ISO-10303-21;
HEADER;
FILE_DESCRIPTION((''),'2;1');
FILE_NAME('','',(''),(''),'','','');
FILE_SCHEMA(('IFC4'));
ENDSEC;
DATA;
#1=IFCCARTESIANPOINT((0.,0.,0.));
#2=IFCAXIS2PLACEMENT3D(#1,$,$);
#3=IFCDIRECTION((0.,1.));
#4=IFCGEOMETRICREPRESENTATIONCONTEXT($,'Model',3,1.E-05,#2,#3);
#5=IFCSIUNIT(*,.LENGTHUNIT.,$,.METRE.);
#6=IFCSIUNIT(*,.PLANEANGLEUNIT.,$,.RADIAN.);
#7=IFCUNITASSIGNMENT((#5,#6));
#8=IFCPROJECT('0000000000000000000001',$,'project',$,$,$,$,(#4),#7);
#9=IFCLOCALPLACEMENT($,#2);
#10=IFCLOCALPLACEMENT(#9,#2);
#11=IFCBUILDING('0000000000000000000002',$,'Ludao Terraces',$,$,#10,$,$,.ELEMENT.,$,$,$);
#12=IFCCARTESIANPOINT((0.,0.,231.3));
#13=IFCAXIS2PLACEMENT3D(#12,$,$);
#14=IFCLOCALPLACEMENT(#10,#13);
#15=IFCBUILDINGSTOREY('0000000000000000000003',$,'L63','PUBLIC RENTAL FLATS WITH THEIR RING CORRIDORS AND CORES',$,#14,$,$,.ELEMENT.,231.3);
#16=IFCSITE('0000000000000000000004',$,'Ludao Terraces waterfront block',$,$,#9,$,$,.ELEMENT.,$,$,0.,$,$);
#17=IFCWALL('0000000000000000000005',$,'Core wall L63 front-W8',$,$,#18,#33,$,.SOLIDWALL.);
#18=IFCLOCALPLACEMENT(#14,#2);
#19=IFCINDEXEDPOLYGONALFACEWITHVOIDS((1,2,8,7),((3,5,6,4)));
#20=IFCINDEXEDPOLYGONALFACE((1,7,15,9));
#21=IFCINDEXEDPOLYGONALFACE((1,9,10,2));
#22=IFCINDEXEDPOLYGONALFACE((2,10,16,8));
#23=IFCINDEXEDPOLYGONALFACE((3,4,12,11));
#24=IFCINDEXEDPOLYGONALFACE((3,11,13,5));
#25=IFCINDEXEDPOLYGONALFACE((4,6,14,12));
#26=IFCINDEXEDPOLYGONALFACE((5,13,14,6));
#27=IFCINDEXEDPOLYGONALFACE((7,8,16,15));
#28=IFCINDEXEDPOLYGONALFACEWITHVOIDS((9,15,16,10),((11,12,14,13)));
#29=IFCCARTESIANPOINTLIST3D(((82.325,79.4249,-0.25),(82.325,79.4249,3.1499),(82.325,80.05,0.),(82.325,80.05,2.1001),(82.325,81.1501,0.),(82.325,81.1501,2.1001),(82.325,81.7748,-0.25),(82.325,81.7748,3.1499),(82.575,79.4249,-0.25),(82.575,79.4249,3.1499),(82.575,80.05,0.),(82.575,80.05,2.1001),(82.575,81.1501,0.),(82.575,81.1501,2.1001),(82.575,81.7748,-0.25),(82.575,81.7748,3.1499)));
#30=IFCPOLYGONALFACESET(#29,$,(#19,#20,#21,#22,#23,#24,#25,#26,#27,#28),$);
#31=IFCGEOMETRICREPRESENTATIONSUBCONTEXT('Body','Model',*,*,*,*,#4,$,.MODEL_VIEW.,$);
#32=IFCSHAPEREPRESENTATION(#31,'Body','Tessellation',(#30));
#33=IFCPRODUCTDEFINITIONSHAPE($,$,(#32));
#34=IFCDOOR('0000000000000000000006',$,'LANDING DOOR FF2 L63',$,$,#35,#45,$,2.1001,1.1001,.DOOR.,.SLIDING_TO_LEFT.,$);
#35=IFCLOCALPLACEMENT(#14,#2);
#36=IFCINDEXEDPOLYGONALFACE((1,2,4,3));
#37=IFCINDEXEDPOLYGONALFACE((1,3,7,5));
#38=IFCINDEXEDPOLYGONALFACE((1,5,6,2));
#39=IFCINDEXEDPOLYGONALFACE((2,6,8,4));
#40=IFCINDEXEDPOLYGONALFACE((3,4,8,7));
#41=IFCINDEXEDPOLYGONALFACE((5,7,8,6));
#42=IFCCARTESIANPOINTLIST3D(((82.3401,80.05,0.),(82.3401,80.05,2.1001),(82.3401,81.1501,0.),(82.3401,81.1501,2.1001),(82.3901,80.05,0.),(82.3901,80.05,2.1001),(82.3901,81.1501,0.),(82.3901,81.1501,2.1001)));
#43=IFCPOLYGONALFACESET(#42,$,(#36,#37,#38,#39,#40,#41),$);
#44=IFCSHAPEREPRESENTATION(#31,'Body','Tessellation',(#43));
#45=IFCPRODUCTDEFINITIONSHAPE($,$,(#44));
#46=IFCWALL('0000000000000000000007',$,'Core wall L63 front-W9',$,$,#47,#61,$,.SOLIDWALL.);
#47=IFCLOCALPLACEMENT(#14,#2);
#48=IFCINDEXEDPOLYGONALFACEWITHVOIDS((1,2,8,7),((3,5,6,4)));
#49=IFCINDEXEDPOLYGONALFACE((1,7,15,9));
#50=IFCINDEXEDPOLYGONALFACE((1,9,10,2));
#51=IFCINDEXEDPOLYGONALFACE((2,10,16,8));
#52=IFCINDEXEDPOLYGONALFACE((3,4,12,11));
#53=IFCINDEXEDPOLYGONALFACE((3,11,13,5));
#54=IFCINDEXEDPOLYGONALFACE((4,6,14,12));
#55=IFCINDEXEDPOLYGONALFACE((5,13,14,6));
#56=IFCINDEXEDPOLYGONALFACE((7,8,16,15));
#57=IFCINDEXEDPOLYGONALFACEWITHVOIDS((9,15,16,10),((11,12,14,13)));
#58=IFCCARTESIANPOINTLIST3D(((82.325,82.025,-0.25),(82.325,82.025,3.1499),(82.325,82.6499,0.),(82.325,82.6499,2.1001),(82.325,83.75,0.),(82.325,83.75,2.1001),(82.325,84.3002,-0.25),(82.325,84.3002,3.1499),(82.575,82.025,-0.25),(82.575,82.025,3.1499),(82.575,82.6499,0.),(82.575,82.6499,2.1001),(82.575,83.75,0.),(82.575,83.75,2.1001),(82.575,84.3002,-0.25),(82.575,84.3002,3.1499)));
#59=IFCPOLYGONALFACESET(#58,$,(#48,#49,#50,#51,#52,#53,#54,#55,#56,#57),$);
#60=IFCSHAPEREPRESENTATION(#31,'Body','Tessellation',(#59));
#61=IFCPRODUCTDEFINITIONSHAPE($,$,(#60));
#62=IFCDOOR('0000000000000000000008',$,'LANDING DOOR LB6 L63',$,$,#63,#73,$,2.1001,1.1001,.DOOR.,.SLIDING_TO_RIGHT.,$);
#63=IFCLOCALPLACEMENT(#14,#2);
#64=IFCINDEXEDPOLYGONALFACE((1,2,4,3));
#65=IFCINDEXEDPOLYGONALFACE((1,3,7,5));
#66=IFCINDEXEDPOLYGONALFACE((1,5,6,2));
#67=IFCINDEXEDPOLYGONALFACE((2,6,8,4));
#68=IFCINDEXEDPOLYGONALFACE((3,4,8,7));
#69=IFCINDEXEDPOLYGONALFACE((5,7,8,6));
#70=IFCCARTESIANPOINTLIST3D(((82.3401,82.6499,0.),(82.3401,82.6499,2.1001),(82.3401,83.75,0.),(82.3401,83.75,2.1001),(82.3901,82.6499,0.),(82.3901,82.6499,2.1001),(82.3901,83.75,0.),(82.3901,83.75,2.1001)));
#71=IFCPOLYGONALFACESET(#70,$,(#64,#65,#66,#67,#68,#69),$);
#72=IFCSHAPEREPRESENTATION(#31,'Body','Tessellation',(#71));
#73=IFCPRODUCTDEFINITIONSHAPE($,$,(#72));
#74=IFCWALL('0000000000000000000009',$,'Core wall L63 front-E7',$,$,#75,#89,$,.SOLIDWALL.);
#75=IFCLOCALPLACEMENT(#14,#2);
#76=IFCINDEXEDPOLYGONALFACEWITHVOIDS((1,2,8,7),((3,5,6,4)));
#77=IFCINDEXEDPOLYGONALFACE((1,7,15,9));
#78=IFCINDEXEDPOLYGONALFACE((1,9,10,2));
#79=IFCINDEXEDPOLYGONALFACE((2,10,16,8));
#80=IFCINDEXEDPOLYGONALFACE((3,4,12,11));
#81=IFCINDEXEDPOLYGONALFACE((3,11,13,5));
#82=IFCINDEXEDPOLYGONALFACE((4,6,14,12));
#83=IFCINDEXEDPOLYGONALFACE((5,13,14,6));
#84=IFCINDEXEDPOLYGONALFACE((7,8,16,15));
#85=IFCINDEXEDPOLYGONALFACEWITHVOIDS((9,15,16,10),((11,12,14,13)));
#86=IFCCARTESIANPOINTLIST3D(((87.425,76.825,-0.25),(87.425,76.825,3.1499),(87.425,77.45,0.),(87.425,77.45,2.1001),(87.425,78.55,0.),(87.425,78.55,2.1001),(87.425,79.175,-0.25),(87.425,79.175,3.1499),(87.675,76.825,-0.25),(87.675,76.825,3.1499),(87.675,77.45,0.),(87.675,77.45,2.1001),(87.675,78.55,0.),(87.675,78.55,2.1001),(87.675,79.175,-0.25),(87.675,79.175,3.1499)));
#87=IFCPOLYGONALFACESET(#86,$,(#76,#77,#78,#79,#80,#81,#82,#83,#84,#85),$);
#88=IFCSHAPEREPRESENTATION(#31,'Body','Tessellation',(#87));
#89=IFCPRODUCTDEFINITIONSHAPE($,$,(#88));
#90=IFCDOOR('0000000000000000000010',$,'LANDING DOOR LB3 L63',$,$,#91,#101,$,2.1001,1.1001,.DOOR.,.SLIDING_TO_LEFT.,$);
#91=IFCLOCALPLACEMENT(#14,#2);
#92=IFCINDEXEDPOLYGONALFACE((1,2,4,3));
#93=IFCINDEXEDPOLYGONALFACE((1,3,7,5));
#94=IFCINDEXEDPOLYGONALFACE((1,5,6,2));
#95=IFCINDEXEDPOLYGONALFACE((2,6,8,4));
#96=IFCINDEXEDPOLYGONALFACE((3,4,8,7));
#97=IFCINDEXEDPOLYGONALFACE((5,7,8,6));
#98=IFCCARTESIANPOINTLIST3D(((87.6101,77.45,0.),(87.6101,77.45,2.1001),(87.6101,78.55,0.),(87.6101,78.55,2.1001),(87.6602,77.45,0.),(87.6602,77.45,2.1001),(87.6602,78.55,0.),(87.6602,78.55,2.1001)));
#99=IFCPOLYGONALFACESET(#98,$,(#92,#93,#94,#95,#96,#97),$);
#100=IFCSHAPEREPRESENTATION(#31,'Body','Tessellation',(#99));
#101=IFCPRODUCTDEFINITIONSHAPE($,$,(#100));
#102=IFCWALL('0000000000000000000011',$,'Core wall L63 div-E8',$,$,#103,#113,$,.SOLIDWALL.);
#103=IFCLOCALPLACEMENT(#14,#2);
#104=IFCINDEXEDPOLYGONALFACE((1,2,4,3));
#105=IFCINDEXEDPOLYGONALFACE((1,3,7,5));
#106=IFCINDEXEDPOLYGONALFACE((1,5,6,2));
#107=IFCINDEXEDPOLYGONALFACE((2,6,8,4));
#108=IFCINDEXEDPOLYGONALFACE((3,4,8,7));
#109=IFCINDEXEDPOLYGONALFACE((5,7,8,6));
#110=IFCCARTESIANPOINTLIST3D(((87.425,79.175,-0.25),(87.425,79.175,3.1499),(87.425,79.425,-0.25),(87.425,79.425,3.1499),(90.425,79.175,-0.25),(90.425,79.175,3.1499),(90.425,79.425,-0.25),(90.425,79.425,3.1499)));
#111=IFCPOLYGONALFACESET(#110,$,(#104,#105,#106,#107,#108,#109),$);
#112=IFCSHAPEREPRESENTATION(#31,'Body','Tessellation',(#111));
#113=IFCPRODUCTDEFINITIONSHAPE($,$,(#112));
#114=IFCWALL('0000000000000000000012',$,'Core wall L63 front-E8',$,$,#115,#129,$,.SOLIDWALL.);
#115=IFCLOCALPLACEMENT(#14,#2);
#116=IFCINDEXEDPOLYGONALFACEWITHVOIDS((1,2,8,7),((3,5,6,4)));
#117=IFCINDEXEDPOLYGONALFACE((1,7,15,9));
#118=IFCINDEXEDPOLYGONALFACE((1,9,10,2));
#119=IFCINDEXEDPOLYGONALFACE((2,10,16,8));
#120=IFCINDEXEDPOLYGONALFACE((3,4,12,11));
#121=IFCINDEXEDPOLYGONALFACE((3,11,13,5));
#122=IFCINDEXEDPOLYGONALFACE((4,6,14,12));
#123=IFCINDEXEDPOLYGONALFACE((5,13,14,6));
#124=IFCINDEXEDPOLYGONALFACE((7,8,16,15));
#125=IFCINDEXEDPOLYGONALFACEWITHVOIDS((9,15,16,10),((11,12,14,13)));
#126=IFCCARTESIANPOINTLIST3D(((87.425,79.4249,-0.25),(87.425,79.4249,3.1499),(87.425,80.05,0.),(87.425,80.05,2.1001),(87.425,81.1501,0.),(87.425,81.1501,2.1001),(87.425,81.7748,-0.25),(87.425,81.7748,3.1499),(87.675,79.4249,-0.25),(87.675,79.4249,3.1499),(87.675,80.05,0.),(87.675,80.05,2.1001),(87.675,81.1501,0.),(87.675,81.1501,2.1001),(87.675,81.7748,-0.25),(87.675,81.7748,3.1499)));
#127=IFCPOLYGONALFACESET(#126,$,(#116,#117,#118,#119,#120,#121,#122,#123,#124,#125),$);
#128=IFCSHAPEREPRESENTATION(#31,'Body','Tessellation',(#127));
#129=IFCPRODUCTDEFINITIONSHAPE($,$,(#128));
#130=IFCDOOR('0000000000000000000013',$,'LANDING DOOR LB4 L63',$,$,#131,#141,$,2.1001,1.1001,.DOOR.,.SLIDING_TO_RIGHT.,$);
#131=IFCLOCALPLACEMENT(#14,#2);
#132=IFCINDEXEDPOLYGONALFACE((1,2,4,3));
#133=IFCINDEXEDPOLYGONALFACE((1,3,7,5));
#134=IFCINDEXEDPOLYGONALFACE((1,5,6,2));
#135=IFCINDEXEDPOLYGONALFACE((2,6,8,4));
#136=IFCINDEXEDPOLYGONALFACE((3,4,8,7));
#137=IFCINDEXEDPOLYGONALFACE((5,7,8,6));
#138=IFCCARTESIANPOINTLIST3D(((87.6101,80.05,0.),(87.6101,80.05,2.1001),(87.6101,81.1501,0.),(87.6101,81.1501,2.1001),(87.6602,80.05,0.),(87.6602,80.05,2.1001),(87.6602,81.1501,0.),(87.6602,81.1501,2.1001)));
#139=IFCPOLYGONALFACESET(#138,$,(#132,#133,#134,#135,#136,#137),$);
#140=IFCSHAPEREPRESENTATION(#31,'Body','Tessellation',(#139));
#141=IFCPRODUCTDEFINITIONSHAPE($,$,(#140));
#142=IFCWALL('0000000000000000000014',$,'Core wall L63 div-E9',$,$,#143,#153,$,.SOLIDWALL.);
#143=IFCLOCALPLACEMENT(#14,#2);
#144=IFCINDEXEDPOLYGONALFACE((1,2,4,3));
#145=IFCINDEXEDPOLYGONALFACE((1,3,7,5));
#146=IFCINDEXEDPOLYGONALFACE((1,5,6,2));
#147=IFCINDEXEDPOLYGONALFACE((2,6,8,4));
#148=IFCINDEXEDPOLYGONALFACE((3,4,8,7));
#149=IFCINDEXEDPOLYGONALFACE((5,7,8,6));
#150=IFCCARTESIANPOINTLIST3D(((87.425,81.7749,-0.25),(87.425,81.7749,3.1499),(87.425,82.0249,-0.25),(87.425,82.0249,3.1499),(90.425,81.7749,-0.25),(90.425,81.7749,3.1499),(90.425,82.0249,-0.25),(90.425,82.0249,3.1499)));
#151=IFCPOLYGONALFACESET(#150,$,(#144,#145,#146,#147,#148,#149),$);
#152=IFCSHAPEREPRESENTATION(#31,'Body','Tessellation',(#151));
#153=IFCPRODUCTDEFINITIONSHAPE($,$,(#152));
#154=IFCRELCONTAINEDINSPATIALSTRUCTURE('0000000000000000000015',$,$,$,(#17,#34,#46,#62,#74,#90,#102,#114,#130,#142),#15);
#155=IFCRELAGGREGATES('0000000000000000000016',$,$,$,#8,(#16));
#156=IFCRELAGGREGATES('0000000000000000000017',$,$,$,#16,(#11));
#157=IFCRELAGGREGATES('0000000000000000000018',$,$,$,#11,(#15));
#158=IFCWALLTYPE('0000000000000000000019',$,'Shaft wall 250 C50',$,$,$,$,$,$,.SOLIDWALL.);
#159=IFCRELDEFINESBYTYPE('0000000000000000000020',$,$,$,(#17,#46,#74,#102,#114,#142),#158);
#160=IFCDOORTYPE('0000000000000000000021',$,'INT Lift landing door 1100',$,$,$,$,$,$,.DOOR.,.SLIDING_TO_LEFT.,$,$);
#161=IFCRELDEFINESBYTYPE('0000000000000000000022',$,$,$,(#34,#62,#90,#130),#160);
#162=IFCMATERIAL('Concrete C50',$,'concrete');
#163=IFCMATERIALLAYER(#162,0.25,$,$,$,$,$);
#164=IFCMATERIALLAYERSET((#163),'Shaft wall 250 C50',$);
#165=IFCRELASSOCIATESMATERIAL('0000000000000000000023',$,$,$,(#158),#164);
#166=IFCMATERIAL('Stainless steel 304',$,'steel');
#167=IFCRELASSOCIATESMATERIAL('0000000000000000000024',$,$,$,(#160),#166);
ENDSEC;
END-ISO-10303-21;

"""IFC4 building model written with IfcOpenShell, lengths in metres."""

from ifc_helpers import new_model, si_unit, direction, frame, frame_2d, origin, place, context, subcontext, project, spatial, rectangle, extrude, material, layer, layer_set, type_object, element, fill, save


model = new_model("IFC4")

# Units and contexts
model_context = context("Model", 3, precision=1e-05, world=origin(), true_north=direction((0.0, 1.0)))
body_context = subcontext(model_context, "Body", "Model", "MODEL_VIEW")
ifc_project = project(units=[si_unit("LENGTHUNIT", "METRE"), si_unit("PLANEANGLEUNIT", "RADIAN")], contexts=[model_context])

# Site, building, storey
site_placement = place(None, origin())
site = spatial("IfcSite", under=ifc_project, at=site_placement, Name="Ludao Terraces waterfront block", CompositionType="ELEMENT", RefElevation=0.0)
building_placement = place(site_placement, origin())
building = spatial("IfcBuilding", under=site, at=building_placement, Name="Ludao Terraces", CompositionType="ELEMENT")
storey_placement = place(building_placement, frame((0.0, 0.0, 231.3)))
storey = spatial("IfcBuildingStorey", under=building, at=storey_placement, Name="L63", Description="PUBLIC RENTAL FLATS WITH THEIR RING CORRIDORS AND CORES", CompositionType="ELEMENT", Elevation=231.3)

# Shared definitions
ifc_material_1 = material(Name="Concrete C50", Category="concrete")

# Shared definitions
ifc_layer_1 = layer(ifc_material_1, 0.25)
ifc_layer_set_1 = layer_set([ifc_layer_1], Name="Shaft wall 250 C50")
wall_type_1 = type_object("IfcWallType", Name="Shaft wall 250 C50", PredefinedType="SOLIDWALL", material=ifc_layer_set_1)

# Walls, openings, doors
ifc_material_2 = material(Name="Stainless steel 304", Category="steel")
door_type_1 = type_object("IfcDoorType", Name="INT Lift landing door 1100", OperationType="SLIDING_TO_LEFT", PredefinedType="DOOR", material=ifc_material_2)
wall_1_placement = place(storey_placement, frame((82.45, 79.425, -0.25), z_axis=(0.0, 0.0, 1.0), x_axis=(0.0, 1.0, 0.0)))
wall_1 = element("IfcWall", 1, at=wall_1_placement, inside=storey, type_object=wall_type_1, Name="Core wall L63 front-W8", PredefinedType="SOLIDWALL", context=body_context, shape_type="SweptSolid", body=[
    extrude(rectangle(XDim=2.3499, YDim=0.25, at=frame_2d((1.1748, 0.0))), origin(), (0.0, 0.0, 1.0), 3.3999),
])
opening_1_placement = place(wall_1_placement, frame((0.625, 0.0, 0.25)))
opening_1 = element("IfcOpeningElement", 2, at=opening_1_placement, cuts=wall_1, PredefinedType="OPENING", context=body_context, shape_type="SweptSolid", body=[
    extrude(rectangle(XDim=1.1001, YDim=2.1001, at=frame_2d((0.55, 1.05))), frame((0.0, 0.135, 0.0), z_axis=(0.0, -1.0, 0.0), x_axis=(1.0, 0.0, 0.0)), (0.0, 0.0, 1.0), 0.27),
])
door_1_placement = place(opening_1_placement, origin())
door_1 = element("IfcDoor", 3, at=door_1_placement, inside=storey, type_object=door_type_1, Name="LANDING DOOR FF2 L63", OperationType="SLIDING_TO_LEFT", OverallHeight=2.1001, OverallWidth=1.1001, PredefinedType="DOOR", context=body_context, shape_type="SweptSolid", body=[
    extrude(rectangle(XDim=1.1001, YDim=2.1001, at=frame_2d((0.55, 1.05))), frame((0.0, 0.1099, 0.0), z_axis=(0.0, -1.0, 0.0), x_axis=(1.0, 0.0, 0.0)), (0.0, 0.0, 1.0), 0.05),
])
fill(opening_1, door_1)
wall_2_placement = place(storey_placement, frame((82.45, 82.0249, -0.25), z_axis=(0.0, 0.0, 1.0), x_axis=(0.0, 1.0, 0.0)))
wall_2 = element("IfcWall", 4, at=wall_2_placement, inside=storey, type_object=wall_type_1, Name="Core wall L63 front-W9", PredefinedType="SOLIDWALL", context=body_context, shape_type="SweptSolid", body=[
    extrude(rectangle(XDim=2.2751, YDim=0.25, at=frame_2d((1.1377, 0.0))), origin(), (0.0, 0.0, 1.0), 3.3999),
])
opening_2_placement = place(wall_2_placement, frame((0.625, 0.0, 0.25)))
opening_2 = element("IfcOpeningElement", 5, at=opening_2_placement, cuts=wall_2, PredefinedType="OPENING", context=body_context, shape_type="SweptSolid", body=[
    extrude(rectangle(XDim=1.1001, YDim=2.1001, at=frame_2d((0.55, 1.05))), frame((0.0, 0.135, 0.0), z_axis=(0.0, -1.0, 0.0), x_axis=(1.0, 0.0, 0.0)), (0.0, 0.0, 1.0), 0.27),
])
door_2_placement = place(opening_2_placement, origin())
door_2 = element("IfcDoor", 6, at=door_2_placement, inside=storey, type_object=door_type_1, Name="LANDING DOOR LB6 L63", OperationType="SLIDING_TO_RIGHT", OverallHeight=2.1001, OverallWidth=1.1001, PredefinedType="DOOR", context=body_context, shape_type="SweptSolid", body=[
    extrude(rectangle(XDim=1.1001, YDim=2.1001, at=frame_2d((0.55, 1.05))), frame((0.0, 0.1099, 0.0), z_axis=(0.0, -1.0, 0.0), x_axis=(1.0, 0.0, 0.0)), (0.0, 0.0, 1.0), 0.05),
])
fill(opening_2, door_2)
wall_3_placement = place(storey_placement, frame((87.55, 76.825, -0.25), z_axis=(0.0, 0.0, 1.0), x_axis=(0.0, 1.0, 0.0)))
wall_3 = element("IfcWall", 7, at=wall_3_placement, inside=storey, type_object=wall_type_1, Name="Core wall L63 front-E7", PredefinedType="SOLIDWALL", context=body_context, shape_type="SweptSolid", body=[
    extrude(rectangle(XDim=2.3501, YDim=0.25, at=frame_2d((1.175, 0.0))), origin(), (0.0, 0.0, 1.0), 3.3999),
])
opening_3_placement = place(wall_3_placement, frame((0.625, 0.0, 0.25)))
opening_3 = element("IfcOpeningElement", 8, at=opening_3_placement, cuts=wall_3, PredefinedType="OPENING", context=body_context, shape_type="SweptSolid", body=[
    extrude(rectangle(XDim=1.1001, YDim=2.1001, at=frame_2d((0.55, 1.05))), frame((0.0, 0.135, 0.0), z_axis=(0.0, -1.0, 0.0), x_axis=(1.0, 0.0, 0.0)), (0.0, 0.0, 1.0), 0.27),
])
door_3_placement = place(opening_3_placement, origin())
door_3 = element("IfcDoor", 9, at=door_3_placement, inside=storey, type_object=door_type_1, Name="LANDING DOOR LB3 L63", OperationType="SLIDING_TO_LEFT", OverallHeight=2.1001, OverallWidth=1.1001, PredefinedType="DOOR", context=body_context, shape_type="SweptSolid", body=[
    extrude(rectangle(XDim=1.1001, YDim=2.1001, at=frame_2d((0.55, 1.05))), frame((0.0, -0.0601, 0.0), z_axis=(0.0, -1.0, 0.0), x_axis=(1.0, 0.0, 0.0)), (0.0, 0.0, 1.0), 0.05),
])
fill(opening_3, door_3)

# Wall
wall_4_placement = place(storey_placement, frame((87.425, 79.3, -0.25), z_axis=(0.0, 0.0, 1.0), x_axis=(1.0, 0.0, 0.0)))
element("IfcWall", 10, at=wall_4_placement, inside=storey, type_object=wall_type_1, Name="Core wall L63 div-E8", PredefinedType="SOLIDWALL", context=body_context, shape_type="SweptSolid", body=[
    extrude(rectangle(XDim=3.0, YDim=0.25, at=frame_2d((1.5, 0.0))), origin(), (0.0, 0.0, 1.0), 3.3999),
])

# Wall, opening, door
wall_5_placement = place(storey_placement, frame((87.55, 79.425, -0.25), z_axis=(0.0, 0.0, 1.0), x_axis=(0.0, 1.0, 0.0)))
wall_5 = element("IfcWall", 11, at=wall_5_placement, inside=storey, type_object=wall_type_1, Name="Core wall L63 front-E8", PredefinedType="SOLIDWALL", context=body_context, shape_type="SweptSolid", body=[
    extrude(rectangle(XDim=2.3499, YDim=0.25, at=frame_2d((1.1748, 0.0))), origin(), (0.0, 0.0, 1.0), 3.3999),
])
opening_4_placement = place(wall_5_placement, frame((0.625, 0.0, 0.25)))
opening_4 = element("IfcOpeningElement", 12, at=opening_4_placement, cuts=wall_5, PredefinedType="OPENING", context=body_context, shape_type="SweptSolid", body=[
    extrude(rectangle(XDim=1.1001, YDim=2.1001, at=frame_2d((0.55, 1.05))), frame((0.0, 0.135, 0.0), z_axis=(0.0, -1.0, 0.0), x_axis=(1.0, 0.0, 0.0)), (0.0, 0.0, 1.0), 0.27),
])
door_4_placement = place(opening_4_placement, origin())
door_4 = element("IfcDoor", 13, at=door_4_placement, inside=storey, type_object=door_type_1, Name="LANDING DOOR LB4 L63", OperationType="SLIDING_TO_RIGHT", OverallHeight=2.1001, OverallWidth=1.1001, PredefinedType="DOOR", context=body_context, shape_type="SweptSolid", body=[
    extrude(rectangle(XDim=1.1001, YDim=2.1001, at=frame_2d((0.55, 1.05))), frame((0.0, -0.0601, 0.0), z_axis=(0.0, -1.0, 0.0), x_axis=(1.0, 0.0, 0.0)), (0.0, 0.0, 1.0), 0.05),
])
fill(opening_4, door_4)

# Wall
wall_6_placement = place(storey_placement, frame((87.425, 81.8999, -0.25), z_axis=(0.0, 0.0, 1.0), x_axis=(1.0, 0.0, 0.0)))
element("IfcWall", 14, at=wall_6_placement, inside=storey, type_object=wall_type_1, Name="Core wall L63 div-E9", PredefinedType="SOLIDWALL", context=body_context, shape_type="SweptSolid", body=[
    extrude(rectangle(XDim=3.0, YDim=0.25, at=frame_2d((1.5, 0.0))), origin(), (0.0, 0.0, 1.0), 3.3999),
])

save(model, "model.ifc")
